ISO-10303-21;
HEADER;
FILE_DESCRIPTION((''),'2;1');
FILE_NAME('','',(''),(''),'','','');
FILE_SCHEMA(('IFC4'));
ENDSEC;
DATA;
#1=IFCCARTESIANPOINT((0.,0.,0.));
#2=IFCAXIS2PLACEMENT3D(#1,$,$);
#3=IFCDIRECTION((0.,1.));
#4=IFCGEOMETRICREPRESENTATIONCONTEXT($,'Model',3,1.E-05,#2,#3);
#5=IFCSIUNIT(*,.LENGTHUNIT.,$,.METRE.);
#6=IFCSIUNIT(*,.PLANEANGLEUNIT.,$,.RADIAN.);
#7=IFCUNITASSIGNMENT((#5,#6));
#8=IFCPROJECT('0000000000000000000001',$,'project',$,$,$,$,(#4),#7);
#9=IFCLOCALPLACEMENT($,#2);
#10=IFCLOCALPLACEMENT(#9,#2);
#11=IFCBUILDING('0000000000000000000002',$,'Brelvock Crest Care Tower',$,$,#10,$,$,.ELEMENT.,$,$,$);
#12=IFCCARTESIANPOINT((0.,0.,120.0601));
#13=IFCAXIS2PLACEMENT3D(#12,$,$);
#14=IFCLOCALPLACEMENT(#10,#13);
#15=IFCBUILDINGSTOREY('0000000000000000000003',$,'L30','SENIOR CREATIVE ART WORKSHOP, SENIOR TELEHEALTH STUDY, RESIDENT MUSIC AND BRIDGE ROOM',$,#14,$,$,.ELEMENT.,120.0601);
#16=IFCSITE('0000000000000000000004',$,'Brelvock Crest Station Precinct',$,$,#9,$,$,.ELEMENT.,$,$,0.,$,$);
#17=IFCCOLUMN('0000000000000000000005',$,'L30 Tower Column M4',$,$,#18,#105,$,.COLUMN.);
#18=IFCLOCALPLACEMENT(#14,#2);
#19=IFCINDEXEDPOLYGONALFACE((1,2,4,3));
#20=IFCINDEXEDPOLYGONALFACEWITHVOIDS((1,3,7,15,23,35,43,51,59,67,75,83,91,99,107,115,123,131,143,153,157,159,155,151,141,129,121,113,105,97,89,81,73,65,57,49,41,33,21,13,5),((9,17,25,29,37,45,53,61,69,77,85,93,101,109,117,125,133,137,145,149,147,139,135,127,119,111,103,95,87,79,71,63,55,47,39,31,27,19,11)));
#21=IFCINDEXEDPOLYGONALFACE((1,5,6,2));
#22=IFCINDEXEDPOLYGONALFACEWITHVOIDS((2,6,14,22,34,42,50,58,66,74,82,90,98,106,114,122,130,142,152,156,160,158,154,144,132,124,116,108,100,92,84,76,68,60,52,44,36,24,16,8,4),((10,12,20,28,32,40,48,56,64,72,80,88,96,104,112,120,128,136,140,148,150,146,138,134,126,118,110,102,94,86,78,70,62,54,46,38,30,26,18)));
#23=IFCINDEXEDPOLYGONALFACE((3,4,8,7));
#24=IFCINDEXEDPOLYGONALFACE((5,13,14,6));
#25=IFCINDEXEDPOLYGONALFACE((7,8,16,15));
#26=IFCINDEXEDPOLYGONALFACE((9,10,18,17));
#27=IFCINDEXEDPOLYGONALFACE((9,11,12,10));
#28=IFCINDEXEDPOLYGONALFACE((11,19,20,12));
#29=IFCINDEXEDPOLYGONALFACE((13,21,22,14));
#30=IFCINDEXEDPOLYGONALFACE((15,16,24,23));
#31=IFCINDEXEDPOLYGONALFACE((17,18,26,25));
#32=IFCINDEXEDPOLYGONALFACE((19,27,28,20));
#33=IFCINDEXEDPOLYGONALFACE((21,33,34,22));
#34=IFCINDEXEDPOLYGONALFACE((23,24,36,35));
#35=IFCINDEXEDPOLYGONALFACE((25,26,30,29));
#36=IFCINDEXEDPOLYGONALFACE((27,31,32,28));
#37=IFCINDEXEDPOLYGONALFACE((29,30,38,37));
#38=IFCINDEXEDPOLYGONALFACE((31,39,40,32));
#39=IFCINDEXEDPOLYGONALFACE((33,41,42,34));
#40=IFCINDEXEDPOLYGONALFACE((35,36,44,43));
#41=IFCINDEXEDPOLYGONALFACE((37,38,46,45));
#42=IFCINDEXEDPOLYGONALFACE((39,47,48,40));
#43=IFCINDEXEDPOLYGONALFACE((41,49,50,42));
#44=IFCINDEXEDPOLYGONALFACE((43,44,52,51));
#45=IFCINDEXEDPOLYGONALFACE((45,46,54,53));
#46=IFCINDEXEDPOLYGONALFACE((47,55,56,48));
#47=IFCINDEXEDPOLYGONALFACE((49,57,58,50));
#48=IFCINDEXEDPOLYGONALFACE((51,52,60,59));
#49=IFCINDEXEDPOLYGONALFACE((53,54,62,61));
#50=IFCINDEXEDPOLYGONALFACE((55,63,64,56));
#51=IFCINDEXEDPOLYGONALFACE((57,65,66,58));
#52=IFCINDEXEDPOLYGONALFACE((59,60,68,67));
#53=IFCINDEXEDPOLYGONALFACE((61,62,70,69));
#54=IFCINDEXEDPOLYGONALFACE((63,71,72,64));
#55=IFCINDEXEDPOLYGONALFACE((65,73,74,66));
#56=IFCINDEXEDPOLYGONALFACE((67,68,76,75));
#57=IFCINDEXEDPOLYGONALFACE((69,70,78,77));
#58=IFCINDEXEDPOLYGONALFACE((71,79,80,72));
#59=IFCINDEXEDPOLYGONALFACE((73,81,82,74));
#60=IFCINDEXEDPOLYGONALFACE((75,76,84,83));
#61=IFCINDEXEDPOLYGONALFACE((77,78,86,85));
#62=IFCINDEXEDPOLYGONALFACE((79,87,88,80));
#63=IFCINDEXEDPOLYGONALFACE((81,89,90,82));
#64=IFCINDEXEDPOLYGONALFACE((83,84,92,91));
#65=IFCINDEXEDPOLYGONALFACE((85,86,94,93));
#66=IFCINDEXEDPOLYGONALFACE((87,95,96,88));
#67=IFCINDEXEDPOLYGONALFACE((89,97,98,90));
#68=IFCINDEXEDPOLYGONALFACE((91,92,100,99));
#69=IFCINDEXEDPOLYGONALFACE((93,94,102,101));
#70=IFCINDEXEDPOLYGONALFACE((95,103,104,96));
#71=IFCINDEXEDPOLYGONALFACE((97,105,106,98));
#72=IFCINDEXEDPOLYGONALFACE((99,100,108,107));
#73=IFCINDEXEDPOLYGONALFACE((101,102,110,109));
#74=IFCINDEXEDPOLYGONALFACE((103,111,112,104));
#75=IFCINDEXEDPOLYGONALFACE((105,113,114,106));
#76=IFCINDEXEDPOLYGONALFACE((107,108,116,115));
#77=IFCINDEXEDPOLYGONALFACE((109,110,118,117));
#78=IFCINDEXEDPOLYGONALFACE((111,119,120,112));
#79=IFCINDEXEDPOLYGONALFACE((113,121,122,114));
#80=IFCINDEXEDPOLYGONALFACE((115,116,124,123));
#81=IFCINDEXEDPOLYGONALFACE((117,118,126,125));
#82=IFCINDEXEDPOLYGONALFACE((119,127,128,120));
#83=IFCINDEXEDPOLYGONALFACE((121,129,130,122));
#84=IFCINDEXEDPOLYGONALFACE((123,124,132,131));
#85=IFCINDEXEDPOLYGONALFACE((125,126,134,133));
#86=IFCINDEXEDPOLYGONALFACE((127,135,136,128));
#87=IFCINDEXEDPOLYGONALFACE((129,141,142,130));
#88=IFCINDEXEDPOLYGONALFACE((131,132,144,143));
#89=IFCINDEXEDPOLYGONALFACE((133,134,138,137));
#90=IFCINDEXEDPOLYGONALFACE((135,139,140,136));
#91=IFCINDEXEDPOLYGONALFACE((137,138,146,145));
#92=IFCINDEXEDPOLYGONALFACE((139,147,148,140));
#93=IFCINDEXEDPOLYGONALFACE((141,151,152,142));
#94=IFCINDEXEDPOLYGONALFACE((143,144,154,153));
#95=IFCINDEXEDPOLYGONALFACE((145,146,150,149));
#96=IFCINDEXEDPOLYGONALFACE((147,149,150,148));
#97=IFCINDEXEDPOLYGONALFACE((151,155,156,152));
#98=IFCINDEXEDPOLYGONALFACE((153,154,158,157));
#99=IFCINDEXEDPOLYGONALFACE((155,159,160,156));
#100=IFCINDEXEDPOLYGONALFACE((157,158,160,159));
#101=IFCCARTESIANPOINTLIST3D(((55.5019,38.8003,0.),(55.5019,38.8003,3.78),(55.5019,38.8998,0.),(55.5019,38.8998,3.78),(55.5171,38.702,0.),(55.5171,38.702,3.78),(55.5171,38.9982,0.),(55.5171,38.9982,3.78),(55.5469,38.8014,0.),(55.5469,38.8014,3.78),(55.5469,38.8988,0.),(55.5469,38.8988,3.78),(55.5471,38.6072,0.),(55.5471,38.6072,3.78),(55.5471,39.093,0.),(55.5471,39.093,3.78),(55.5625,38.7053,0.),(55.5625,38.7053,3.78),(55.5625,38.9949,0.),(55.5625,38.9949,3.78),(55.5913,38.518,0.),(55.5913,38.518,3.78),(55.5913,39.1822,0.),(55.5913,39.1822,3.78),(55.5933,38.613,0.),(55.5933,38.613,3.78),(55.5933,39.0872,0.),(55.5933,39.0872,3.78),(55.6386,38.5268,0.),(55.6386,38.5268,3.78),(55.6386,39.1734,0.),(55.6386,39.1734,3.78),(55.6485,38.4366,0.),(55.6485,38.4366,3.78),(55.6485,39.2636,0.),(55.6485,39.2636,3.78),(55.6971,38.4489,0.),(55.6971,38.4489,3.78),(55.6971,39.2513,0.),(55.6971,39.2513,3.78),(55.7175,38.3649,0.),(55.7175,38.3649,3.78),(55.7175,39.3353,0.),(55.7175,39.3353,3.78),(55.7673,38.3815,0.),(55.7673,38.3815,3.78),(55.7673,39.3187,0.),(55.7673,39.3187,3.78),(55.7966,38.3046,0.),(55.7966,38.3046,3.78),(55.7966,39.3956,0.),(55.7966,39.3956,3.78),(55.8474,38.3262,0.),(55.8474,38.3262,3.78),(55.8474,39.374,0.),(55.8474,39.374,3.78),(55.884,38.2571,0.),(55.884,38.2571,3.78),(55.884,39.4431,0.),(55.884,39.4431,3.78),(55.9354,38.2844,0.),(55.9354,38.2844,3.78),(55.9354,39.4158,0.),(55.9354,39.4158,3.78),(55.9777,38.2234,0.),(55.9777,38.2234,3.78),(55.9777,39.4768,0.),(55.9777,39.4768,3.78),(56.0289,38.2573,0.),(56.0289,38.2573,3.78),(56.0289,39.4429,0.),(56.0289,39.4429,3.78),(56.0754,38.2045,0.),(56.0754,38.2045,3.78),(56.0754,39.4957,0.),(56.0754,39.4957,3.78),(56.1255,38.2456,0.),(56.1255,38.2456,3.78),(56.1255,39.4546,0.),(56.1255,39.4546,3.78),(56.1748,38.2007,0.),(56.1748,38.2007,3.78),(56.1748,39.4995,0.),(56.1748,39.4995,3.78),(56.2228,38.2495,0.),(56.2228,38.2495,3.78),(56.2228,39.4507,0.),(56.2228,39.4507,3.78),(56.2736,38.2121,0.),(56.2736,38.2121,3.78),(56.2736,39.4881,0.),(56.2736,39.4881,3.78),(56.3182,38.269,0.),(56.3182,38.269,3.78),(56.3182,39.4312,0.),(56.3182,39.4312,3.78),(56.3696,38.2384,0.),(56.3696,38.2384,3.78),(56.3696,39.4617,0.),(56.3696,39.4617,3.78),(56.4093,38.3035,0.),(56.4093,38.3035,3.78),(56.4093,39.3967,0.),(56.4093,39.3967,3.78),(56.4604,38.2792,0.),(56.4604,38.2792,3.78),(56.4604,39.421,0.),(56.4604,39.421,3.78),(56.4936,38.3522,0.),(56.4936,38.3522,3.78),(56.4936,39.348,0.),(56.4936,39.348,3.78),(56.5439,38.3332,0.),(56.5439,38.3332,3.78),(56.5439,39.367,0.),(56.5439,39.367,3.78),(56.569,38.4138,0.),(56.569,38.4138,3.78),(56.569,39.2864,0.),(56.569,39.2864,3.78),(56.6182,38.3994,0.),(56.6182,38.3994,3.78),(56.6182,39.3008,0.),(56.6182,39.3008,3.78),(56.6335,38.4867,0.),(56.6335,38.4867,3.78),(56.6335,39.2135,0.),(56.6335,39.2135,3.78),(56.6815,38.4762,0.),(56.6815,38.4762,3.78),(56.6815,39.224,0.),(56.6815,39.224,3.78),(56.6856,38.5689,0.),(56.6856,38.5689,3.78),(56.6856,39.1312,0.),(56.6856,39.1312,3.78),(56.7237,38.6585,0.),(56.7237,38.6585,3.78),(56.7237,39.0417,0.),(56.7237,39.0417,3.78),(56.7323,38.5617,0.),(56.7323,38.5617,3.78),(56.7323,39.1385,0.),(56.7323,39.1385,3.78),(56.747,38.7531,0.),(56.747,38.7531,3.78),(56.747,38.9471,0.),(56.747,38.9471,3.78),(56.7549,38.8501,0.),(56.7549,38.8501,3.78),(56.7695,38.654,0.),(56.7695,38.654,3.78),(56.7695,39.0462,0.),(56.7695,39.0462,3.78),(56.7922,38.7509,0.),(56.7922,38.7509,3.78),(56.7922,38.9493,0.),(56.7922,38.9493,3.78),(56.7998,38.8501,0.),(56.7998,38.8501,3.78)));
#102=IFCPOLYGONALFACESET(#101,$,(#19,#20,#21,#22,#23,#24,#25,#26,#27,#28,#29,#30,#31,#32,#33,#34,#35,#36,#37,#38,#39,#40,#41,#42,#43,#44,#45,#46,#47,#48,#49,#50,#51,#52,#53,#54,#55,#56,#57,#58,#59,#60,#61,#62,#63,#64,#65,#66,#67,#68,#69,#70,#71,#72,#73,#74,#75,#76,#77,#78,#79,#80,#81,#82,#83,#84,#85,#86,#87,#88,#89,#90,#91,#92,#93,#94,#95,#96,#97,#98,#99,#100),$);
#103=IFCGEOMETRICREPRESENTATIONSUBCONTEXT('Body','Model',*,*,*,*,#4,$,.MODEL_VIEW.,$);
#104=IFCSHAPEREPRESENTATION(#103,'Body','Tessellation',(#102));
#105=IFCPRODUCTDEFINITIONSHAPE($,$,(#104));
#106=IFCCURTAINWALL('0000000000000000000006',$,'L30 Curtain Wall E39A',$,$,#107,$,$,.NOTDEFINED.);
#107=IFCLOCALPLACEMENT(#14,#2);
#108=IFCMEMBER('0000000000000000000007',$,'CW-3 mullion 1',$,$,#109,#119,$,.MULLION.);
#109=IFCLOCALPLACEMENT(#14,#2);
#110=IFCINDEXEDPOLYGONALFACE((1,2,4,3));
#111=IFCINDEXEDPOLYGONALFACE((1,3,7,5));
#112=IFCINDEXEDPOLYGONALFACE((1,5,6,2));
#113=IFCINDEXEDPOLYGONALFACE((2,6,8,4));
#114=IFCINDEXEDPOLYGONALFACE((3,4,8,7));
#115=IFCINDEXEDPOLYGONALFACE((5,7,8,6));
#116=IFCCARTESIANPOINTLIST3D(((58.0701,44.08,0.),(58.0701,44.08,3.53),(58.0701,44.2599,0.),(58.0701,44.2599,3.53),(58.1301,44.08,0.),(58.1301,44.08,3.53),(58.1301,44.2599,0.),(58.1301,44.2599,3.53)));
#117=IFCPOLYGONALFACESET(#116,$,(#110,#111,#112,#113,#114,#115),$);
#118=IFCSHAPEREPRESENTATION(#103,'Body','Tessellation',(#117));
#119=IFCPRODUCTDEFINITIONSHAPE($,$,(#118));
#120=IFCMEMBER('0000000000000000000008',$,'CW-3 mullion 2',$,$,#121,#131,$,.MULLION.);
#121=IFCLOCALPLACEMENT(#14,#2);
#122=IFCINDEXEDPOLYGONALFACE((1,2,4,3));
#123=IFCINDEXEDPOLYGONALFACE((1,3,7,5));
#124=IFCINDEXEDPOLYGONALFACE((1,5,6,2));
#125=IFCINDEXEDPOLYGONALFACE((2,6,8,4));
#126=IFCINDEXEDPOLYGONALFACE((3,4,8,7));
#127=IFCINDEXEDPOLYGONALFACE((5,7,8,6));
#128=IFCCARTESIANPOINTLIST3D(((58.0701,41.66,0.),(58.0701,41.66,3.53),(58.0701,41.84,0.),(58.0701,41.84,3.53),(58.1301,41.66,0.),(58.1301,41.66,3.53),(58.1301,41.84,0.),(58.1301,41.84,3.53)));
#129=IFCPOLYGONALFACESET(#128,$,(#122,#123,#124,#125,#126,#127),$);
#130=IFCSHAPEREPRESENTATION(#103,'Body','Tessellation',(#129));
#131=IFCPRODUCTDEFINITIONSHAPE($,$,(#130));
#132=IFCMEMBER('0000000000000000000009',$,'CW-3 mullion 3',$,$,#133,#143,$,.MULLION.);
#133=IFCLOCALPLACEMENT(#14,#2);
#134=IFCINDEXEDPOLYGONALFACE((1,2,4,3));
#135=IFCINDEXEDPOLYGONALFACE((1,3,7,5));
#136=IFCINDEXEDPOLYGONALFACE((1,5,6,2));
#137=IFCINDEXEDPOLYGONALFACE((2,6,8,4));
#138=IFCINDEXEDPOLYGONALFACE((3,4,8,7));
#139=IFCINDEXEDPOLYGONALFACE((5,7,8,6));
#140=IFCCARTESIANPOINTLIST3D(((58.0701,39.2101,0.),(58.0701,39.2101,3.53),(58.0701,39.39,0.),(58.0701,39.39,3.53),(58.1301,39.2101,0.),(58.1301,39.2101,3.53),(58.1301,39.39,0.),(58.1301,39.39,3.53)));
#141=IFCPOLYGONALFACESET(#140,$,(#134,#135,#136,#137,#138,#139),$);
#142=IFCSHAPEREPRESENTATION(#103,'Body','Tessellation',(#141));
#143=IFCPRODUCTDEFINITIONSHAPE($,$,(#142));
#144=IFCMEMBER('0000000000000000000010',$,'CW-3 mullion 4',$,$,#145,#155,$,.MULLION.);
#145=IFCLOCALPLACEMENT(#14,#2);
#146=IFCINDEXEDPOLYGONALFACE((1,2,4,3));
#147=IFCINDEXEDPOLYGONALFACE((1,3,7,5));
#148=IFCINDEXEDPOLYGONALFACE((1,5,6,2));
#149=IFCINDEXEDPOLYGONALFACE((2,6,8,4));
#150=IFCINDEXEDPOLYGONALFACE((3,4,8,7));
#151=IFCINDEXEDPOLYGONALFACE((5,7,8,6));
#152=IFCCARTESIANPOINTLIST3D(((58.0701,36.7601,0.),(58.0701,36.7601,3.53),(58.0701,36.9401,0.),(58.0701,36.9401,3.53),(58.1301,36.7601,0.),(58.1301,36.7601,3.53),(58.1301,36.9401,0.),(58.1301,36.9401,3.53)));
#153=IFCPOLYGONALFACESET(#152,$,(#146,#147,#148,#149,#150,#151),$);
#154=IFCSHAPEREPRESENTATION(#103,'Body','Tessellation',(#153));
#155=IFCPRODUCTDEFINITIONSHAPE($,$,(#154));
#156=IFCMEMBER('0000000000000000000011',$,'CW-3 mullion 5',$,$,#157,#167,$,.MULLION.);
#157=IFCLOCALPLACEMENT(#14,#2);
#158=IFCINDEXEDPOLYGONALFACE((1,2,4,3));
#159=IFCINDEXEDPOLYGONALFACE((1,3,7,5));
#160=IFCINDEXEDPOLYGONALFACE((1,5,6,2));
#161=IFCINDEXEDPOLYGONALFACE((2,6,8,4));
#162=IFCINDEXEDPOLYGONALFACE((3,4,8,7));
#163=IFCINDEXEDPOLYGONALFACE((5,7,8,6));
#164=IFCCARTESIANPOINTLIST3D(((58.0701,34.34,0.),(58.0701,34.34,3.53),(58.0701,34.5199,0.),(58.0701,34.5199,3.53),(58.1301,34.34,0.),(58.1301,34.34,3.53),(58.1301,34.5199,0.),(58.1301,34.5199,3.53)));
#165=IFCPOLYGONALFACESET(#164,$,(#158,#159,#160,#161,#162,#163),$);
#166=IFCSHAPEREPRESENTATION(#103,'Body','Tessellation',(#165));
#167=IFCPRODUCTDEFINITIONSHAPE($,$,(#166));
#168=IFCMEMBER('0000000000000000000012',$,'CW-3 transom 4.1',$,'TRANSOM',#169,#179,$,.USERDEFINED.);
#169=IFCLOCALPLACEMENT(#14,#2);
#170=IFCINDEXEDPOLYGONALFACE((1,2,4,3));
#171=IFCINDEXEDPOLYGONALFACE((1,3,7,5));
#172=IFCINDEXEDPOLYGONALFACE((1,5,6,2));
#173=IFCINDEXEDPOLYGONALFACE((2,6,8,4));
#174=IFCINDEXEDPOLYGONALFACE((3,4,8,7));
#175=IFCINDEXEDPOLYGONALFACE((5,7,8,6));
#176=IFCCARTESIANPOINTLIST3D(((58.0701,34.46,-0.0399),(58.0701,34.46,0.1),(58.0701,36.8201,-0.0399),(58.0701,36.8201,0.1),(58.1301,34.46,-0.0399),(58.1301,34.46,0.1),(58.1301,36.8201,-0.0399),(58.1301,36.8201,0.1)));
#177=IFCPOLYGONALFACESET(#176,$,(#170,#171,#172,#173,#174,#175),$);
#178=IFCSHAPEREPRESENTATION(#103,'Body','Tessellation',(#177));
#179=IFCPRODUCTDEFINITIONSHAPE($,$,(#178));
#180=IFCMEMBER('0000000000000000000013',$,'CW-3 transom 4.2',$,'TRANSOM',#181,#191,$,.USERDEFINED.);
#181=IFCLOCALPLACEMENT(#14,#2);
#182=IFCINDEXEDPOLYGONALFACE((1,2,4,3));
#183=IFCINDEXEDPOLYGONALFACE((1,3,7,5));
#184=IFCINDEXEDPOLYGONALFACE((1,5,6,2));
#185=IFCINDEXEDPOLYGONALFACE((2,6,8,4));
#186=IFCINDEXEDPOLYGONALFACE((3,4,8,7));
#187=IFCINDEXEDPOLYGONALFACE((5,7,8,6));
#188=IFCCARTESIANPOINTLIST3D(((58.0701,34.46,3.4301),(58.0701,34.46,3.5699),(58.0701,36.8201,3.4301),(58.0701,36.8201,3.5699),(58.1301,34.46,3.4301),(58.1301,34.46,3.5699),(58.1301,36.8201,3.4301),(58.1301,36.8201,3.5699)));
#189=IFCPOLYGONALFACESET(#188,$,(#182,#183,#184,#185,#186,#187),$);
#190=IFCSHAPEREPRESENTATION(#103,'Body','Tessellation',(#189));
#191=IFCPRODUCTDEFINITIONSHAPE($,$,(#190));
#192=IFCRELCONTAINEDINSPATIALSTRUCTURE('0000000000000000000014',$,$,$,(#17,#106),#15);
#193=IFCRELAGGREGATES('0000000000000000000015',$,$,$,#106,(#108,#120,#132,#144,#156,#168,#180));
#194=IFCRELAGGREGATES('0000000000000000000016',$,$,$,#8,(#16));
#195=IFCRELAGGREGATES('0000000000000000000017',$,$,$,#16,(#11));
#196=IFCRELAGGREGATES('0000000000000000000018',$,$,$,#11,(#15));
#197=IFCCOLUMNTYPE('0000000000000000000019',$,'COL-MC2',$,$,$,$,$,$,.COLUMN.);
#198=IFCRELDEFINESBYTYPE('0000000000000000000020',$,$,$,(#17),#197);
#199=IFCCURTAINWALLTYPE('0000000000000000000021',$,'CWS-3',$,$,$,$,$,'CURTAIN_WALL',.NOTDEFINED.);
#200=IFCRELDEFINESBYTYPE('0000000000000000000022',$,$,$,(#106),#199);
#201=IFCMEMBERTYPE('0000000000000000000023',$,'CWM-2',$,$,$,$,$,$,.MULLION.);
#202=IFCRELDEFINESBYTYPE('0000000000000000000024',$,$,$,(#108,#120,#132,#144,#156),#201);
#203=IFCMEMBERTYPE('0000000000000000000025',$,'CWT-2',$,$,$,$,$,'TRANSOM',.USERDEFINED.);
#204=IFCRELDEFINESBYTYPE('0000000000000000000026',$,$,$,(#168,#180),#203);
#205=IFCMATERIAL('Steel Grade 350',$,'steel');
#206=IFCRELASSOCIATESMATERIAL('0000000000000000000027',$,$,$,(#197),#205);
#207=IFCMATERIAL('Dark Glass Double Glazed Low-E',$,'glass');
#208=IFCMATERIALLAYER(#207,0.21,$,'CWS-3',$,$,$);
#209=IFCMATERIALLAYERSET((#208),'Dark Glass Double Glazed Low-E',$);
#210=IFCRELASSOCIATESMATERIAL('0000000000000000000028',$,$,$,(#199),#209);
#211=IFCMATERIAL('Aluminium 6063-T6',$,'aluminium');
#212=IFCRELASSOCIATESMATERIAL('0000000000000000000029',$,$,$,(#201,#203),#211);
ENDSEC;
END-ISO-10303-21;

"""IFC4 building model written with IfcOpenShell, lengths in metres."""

from ifc_helpers import new_model, si_unit, direction, frame, origin, origin_2d, place, context, subcontext, project, spatial, rectangle, hollow_circle, extrude, source, transform, mapped, material, layer, layer_set, material_profile, profile_set, type_object, element, aggregate, save


model = new_model("IFC4")

# Units and contexts
model_context = context("Model", 3, precision=1e-05, world=origin(), true_north=direction((0.0, 1.0)))
body_context = subcontext(model_context, "Body", "Model", "MODEL_VIEW")
ifc_project = project(units=[si_unit("LENGTHUNIT", "METRE"), si_unit("PLANEANGLEUNIT", "RADIAN")], contexts=[model_context])

# Site, building, storey
site_placement = place(None, origin())
site = spatial("IfcSite", under=ifc_project, at=site_placement, Name="Brelvock Crest Station Precinct", CompositionType="ELEMENT", RefElevation=0.0)
building_placement = place(site_placement, origin())
building = spatial("IfcBuilding", under=site, at=building_placement, Name="Brelvock Crest Care Tower", CompositionType="ELEMENT")
storey_placement = place(building_placement, frame((0.0, 0.0, 120.0601)))
storey = spatial("IfcBuildingStorey", under=building, at=storey_placement, Name="L30", Description="SENIOR CREATIVE ART WORKSHOP, SENIOR TELEHEALTH STUDY, RESIDENT MUSIC AND BRIDGE ROOM", CompositionType="ELEMENT", Elevation=120.0601)

# Column
ifc_material_1 = material(Name="Steel Grade 350", Category="steel")
ifc_material_profile_1 = material_profile(ifc_material_1, hollow_circle(Radius=0.6499, WallThickness=0.0449, at=origin_2d()), Name="CFT1300x45")
ifc_profile_set_1 = profile_set([ifc_material_profile_1], Name="Steel Grade 350")
column_type = type_object("IfcColumnType", Name="COL-MC2", PredefinedType="COLUMN", material=ifc_profile_set_1)
shared_shape_1 = source(origin(), body_context, "Body", "SweptSolid", [
    extrude(hollow_circle(Radius=0.6499, WallThickness=0.0449, at=origin_2d()), origin(), (0.0, 0.0, 1.0), 3.78),
])
column_placement = place(storey_placement, frame((56.1499, 38.8501, 0.0), z_axis=(0.0, 0.0, 1.0), x_axis=(1.0, 0.0, 0.0)))
element("IfcColumn", 1, at=column_placement, inside=storey, type_object=column_type, Name="L30 Tower Column M4", PredefinedType="COLUMN", context=body_context, shape_type="MappedRepresentation", body=[
    mapped(shared_shape_1, transform((0.0, 0.0, 0.0), x_axis=(1.0, 0.0, 0.0), y_axis=(0.0, 1.0, 0.0), z_axis=(0.0, 0.0, 1.0), scale=1.0)),
])

# Curtain wall, members
ifc_material_2 = material(Name="Dark Glass Double Glazed Low-E", Category="glass")
ifc_layer_1 = layer(ifc_material_2, 0.21, Name="CWS-3")
ifc_layer_set_1 = layer_set([ifc_layer_1], Name="Dark Glass Double Glazed Low-E")
curtain_wall_type = type_object("IfcCurtainWallType", Name="CWS-3", ElementType="CURTAIN_WALL", PredefinedType="NOTDEFINED", material=ifc_layer_set_1)
curtain_wall_placement = place(storey_placement, origin())
curtain_wall = element("IfcCurtainWall", 2, at=curtain_wall_placement, inside=storey, type_object=curtain_wall_type, Name="L30 Curtain Wall E39A", PredefinedType="NOTDEFINED")
ifc_material_3 = material(Name="Aluminium 6063-T6", Category="aluminium")
ifc_material_profile_2 = material_profile(ifc_material_3, rectangle(XDim=0.0601, YDim=0.1799, at=origin_2d()), Name="ALU60x180")
ifc_profile_set_2 = profile_set([ifc_material_profile_2], Name="Aluminium 6063-T6")
member_type_1 = type_object("IfcMemberType", Name="CWM-2", PredefinedType="MULLION", material=ifc_profile_set_2)
shared_shape_2 = source(origin(), body_context, "Body", "SweptSolid", [
    extrude(rectangle(XDim=0.0601, YDim=0.1799, at=origin_2d()), origin(), (0.0, 0.0, 1.0), 3.53),
])
member_1_placement = place(storey_placement, frame((58.1001, 44.1699, 0.0), z_axis=(0.0, 0.0, 1.0), x_axis=(1.0, 0.0, 0.0)))
member_1 = element("IfcMember", 3, at=member_1_placement, type_object=member_type_1, Name="CW-3 mullion 1", PredefinedType="MULLION", context=body_context, shape_type="MappedRepresentation", body=[
    mapped(shared_shape_2, transform((0.0, 0.0, 0.0), x_axis=(1.0, 0.0, 0.0), y_axis=(0.0, 1.0, 0.0), z_axis=(0.0, 0.0, 1.0), scale=1.0)),
])
member_2_placement = place(storey_placement, frame((58.1001, 41.75, 0.0), z_axis=(0.0, 0.0, 1.0), x_axis=(1.0, 0.0, 0.0)))
member_2 = element("IfcMember", 4, at=member_2_placement, type_object=member_type_1, Name="CW-3 mullion 2", PredefinedType="MULLION", context=body_context, shape_type="MappedRepresentation", body=[
    mapped(shared_shape_2, transform((0.0, 0.0, 0.0), x_axis=(1.0, 0.0, 0.0), y_axis=(0.0, 1.0, 0.0), z_axis=(0.0, 0.0, 1.0), scale=1.0)),
])
member_3_placement = place(storey_placement, frame((58.1001, 39.3, 0.0), z_axis=(0.0, 0.0, 1.0), x_axis=(1.0, 0.0, 0.0)))
member_3 = element("IfcMember", 5, at=member_3_placement, type_object=member_type_1, Name="CW-3 mullion 3", PredefinedType="MULLION", context=body_context, shape_type="MappedRepresentation", body=[
    mapped(shared_shape_2, transform((0.0, 0.0, 0.0), x_axis=(1.0, 0.0, 0.0), y_axis=(0.0, 1.0, 0.0), z_axis=(0.0, 0.0, 1.0), scale=1.0)),
])
member_4_placement = place(storey_placement, frame((58.1001, 36.8501, 0.0), z_axis=(0.0, 0.0, 1.0), x_axis=(1.0, 0.0, 0.0)))
member_4 = element("IfcMember", 6, at=member_4_placement, type_object=member_type_1, Name="CW-3 mullion 4", PredefinedType="MULLION", context=body_context, shape_type="MappedRepresentation", body=[
    mapped(shared_shape_2, transform((0.0, 0.0, 0.0), x_axis=(1.0, 0.0, 0.0), y_axis=(0.0, 1.0, 0.0), z_axis=(0.0, 0.0, 1.0), scale=1.0)),
])
member_5_placement = place(storey_placement, frame((58.1001, 34.4299, 0.0), z_axis=(0.0, 0.0, 1.0), x_axis=(1.0, 0.0, 0.0)))
member_5 = element("IfcMember", 7, at=member_5_placement, type_object=member_type_1, Name="CW-3 mullion 5", PredefinedType="MULLION", context=body_context, shape_type="MappedRepresentation", body=[
    mapped(shared_shape_2, transform((0.0, 0.0, 0.0), x_axis=(1.0, 0.0, 0.0), y_axis=(0.0, 1.0, 0.0), z_axis=(0.0, 0.0, 1.0), scale=1.0)),
])
ifc_material_profile_3 = material_profile(ifc_material_3, rectangle(XDim=0.0601, YDim=0.1399, at=origin_2d()), Name="ALU60x140")
ifc_profile_set_3 = profile_set([ifc_material_profile_3], Name="Aluminium 6063-T6")
member_type_2 = type_object("IfcMemberType", Name="CWT-2", ElementType="TRANSOM", PredefinedType="USERDEFINED", material=ifc_profile_set_3)
shared_shape_3 = source(origin(), body_context, "Body", "SweptSolid", [
    extrude(rectangle(XDim=0.0601, YDim=0.1399, at=origin_2d()), origin(), (0.0, 0.0, 1.0), 2.3601),
])
member_6_placement = place(storey_placement, frame((58.1001, 36.8201, 0.03), z_axis=(0.0, -1.0, 0.0), x_axis=(1.0, 0.0, 0.0)))
member_6 = element("IfcMember", 8, at=member_6_placement, type_object=member_type_2, Name="CW-3 transom 4.1", ObjectType="TRANSOM", PredefinedType="USERDEFINED", context=body_context, shape_type="MappedRepresentation", body=[
    mapped(shared_shape_3, transform((0.0, 0.0, 0.0), x_axis=(1.0, 0.0, 0.0), y_axis=(0.0, 1.0, 0.0), z_axis=(0.0, 0.0, 1.0), scale=1.0)),
])
member_7_placement = place(storey_placement, frame((58.1001, 36.8201, 3.5), z_axis=(0.0, -1.0, 0.0), x_axis=(1.0, 0.0, 0.0)))
member_7 = element("IfcMember", 9, at=member_7_placement, type_object=member_type_2, Name="CW-3 transom 4.2", ObjectType="TRANSOM", PredefinedType="USERDEFINED", context=body_context, shape_type="MappedRepresentation", body=[
    mapped(shared_shape_3, transform((0.0, 0.0, 0.0), x_axis=(1.0, 0.0, 0.0), y_axis=(0.0, 1.0, 0.0), z_axis=(0.0, 0.0, 1.0), scale=1.0)),
])
aggregate(curtain_wall, [member_1, member_2, member_3, member_4, member_5, member_6, member_7])

save(model, "model.ifc")
